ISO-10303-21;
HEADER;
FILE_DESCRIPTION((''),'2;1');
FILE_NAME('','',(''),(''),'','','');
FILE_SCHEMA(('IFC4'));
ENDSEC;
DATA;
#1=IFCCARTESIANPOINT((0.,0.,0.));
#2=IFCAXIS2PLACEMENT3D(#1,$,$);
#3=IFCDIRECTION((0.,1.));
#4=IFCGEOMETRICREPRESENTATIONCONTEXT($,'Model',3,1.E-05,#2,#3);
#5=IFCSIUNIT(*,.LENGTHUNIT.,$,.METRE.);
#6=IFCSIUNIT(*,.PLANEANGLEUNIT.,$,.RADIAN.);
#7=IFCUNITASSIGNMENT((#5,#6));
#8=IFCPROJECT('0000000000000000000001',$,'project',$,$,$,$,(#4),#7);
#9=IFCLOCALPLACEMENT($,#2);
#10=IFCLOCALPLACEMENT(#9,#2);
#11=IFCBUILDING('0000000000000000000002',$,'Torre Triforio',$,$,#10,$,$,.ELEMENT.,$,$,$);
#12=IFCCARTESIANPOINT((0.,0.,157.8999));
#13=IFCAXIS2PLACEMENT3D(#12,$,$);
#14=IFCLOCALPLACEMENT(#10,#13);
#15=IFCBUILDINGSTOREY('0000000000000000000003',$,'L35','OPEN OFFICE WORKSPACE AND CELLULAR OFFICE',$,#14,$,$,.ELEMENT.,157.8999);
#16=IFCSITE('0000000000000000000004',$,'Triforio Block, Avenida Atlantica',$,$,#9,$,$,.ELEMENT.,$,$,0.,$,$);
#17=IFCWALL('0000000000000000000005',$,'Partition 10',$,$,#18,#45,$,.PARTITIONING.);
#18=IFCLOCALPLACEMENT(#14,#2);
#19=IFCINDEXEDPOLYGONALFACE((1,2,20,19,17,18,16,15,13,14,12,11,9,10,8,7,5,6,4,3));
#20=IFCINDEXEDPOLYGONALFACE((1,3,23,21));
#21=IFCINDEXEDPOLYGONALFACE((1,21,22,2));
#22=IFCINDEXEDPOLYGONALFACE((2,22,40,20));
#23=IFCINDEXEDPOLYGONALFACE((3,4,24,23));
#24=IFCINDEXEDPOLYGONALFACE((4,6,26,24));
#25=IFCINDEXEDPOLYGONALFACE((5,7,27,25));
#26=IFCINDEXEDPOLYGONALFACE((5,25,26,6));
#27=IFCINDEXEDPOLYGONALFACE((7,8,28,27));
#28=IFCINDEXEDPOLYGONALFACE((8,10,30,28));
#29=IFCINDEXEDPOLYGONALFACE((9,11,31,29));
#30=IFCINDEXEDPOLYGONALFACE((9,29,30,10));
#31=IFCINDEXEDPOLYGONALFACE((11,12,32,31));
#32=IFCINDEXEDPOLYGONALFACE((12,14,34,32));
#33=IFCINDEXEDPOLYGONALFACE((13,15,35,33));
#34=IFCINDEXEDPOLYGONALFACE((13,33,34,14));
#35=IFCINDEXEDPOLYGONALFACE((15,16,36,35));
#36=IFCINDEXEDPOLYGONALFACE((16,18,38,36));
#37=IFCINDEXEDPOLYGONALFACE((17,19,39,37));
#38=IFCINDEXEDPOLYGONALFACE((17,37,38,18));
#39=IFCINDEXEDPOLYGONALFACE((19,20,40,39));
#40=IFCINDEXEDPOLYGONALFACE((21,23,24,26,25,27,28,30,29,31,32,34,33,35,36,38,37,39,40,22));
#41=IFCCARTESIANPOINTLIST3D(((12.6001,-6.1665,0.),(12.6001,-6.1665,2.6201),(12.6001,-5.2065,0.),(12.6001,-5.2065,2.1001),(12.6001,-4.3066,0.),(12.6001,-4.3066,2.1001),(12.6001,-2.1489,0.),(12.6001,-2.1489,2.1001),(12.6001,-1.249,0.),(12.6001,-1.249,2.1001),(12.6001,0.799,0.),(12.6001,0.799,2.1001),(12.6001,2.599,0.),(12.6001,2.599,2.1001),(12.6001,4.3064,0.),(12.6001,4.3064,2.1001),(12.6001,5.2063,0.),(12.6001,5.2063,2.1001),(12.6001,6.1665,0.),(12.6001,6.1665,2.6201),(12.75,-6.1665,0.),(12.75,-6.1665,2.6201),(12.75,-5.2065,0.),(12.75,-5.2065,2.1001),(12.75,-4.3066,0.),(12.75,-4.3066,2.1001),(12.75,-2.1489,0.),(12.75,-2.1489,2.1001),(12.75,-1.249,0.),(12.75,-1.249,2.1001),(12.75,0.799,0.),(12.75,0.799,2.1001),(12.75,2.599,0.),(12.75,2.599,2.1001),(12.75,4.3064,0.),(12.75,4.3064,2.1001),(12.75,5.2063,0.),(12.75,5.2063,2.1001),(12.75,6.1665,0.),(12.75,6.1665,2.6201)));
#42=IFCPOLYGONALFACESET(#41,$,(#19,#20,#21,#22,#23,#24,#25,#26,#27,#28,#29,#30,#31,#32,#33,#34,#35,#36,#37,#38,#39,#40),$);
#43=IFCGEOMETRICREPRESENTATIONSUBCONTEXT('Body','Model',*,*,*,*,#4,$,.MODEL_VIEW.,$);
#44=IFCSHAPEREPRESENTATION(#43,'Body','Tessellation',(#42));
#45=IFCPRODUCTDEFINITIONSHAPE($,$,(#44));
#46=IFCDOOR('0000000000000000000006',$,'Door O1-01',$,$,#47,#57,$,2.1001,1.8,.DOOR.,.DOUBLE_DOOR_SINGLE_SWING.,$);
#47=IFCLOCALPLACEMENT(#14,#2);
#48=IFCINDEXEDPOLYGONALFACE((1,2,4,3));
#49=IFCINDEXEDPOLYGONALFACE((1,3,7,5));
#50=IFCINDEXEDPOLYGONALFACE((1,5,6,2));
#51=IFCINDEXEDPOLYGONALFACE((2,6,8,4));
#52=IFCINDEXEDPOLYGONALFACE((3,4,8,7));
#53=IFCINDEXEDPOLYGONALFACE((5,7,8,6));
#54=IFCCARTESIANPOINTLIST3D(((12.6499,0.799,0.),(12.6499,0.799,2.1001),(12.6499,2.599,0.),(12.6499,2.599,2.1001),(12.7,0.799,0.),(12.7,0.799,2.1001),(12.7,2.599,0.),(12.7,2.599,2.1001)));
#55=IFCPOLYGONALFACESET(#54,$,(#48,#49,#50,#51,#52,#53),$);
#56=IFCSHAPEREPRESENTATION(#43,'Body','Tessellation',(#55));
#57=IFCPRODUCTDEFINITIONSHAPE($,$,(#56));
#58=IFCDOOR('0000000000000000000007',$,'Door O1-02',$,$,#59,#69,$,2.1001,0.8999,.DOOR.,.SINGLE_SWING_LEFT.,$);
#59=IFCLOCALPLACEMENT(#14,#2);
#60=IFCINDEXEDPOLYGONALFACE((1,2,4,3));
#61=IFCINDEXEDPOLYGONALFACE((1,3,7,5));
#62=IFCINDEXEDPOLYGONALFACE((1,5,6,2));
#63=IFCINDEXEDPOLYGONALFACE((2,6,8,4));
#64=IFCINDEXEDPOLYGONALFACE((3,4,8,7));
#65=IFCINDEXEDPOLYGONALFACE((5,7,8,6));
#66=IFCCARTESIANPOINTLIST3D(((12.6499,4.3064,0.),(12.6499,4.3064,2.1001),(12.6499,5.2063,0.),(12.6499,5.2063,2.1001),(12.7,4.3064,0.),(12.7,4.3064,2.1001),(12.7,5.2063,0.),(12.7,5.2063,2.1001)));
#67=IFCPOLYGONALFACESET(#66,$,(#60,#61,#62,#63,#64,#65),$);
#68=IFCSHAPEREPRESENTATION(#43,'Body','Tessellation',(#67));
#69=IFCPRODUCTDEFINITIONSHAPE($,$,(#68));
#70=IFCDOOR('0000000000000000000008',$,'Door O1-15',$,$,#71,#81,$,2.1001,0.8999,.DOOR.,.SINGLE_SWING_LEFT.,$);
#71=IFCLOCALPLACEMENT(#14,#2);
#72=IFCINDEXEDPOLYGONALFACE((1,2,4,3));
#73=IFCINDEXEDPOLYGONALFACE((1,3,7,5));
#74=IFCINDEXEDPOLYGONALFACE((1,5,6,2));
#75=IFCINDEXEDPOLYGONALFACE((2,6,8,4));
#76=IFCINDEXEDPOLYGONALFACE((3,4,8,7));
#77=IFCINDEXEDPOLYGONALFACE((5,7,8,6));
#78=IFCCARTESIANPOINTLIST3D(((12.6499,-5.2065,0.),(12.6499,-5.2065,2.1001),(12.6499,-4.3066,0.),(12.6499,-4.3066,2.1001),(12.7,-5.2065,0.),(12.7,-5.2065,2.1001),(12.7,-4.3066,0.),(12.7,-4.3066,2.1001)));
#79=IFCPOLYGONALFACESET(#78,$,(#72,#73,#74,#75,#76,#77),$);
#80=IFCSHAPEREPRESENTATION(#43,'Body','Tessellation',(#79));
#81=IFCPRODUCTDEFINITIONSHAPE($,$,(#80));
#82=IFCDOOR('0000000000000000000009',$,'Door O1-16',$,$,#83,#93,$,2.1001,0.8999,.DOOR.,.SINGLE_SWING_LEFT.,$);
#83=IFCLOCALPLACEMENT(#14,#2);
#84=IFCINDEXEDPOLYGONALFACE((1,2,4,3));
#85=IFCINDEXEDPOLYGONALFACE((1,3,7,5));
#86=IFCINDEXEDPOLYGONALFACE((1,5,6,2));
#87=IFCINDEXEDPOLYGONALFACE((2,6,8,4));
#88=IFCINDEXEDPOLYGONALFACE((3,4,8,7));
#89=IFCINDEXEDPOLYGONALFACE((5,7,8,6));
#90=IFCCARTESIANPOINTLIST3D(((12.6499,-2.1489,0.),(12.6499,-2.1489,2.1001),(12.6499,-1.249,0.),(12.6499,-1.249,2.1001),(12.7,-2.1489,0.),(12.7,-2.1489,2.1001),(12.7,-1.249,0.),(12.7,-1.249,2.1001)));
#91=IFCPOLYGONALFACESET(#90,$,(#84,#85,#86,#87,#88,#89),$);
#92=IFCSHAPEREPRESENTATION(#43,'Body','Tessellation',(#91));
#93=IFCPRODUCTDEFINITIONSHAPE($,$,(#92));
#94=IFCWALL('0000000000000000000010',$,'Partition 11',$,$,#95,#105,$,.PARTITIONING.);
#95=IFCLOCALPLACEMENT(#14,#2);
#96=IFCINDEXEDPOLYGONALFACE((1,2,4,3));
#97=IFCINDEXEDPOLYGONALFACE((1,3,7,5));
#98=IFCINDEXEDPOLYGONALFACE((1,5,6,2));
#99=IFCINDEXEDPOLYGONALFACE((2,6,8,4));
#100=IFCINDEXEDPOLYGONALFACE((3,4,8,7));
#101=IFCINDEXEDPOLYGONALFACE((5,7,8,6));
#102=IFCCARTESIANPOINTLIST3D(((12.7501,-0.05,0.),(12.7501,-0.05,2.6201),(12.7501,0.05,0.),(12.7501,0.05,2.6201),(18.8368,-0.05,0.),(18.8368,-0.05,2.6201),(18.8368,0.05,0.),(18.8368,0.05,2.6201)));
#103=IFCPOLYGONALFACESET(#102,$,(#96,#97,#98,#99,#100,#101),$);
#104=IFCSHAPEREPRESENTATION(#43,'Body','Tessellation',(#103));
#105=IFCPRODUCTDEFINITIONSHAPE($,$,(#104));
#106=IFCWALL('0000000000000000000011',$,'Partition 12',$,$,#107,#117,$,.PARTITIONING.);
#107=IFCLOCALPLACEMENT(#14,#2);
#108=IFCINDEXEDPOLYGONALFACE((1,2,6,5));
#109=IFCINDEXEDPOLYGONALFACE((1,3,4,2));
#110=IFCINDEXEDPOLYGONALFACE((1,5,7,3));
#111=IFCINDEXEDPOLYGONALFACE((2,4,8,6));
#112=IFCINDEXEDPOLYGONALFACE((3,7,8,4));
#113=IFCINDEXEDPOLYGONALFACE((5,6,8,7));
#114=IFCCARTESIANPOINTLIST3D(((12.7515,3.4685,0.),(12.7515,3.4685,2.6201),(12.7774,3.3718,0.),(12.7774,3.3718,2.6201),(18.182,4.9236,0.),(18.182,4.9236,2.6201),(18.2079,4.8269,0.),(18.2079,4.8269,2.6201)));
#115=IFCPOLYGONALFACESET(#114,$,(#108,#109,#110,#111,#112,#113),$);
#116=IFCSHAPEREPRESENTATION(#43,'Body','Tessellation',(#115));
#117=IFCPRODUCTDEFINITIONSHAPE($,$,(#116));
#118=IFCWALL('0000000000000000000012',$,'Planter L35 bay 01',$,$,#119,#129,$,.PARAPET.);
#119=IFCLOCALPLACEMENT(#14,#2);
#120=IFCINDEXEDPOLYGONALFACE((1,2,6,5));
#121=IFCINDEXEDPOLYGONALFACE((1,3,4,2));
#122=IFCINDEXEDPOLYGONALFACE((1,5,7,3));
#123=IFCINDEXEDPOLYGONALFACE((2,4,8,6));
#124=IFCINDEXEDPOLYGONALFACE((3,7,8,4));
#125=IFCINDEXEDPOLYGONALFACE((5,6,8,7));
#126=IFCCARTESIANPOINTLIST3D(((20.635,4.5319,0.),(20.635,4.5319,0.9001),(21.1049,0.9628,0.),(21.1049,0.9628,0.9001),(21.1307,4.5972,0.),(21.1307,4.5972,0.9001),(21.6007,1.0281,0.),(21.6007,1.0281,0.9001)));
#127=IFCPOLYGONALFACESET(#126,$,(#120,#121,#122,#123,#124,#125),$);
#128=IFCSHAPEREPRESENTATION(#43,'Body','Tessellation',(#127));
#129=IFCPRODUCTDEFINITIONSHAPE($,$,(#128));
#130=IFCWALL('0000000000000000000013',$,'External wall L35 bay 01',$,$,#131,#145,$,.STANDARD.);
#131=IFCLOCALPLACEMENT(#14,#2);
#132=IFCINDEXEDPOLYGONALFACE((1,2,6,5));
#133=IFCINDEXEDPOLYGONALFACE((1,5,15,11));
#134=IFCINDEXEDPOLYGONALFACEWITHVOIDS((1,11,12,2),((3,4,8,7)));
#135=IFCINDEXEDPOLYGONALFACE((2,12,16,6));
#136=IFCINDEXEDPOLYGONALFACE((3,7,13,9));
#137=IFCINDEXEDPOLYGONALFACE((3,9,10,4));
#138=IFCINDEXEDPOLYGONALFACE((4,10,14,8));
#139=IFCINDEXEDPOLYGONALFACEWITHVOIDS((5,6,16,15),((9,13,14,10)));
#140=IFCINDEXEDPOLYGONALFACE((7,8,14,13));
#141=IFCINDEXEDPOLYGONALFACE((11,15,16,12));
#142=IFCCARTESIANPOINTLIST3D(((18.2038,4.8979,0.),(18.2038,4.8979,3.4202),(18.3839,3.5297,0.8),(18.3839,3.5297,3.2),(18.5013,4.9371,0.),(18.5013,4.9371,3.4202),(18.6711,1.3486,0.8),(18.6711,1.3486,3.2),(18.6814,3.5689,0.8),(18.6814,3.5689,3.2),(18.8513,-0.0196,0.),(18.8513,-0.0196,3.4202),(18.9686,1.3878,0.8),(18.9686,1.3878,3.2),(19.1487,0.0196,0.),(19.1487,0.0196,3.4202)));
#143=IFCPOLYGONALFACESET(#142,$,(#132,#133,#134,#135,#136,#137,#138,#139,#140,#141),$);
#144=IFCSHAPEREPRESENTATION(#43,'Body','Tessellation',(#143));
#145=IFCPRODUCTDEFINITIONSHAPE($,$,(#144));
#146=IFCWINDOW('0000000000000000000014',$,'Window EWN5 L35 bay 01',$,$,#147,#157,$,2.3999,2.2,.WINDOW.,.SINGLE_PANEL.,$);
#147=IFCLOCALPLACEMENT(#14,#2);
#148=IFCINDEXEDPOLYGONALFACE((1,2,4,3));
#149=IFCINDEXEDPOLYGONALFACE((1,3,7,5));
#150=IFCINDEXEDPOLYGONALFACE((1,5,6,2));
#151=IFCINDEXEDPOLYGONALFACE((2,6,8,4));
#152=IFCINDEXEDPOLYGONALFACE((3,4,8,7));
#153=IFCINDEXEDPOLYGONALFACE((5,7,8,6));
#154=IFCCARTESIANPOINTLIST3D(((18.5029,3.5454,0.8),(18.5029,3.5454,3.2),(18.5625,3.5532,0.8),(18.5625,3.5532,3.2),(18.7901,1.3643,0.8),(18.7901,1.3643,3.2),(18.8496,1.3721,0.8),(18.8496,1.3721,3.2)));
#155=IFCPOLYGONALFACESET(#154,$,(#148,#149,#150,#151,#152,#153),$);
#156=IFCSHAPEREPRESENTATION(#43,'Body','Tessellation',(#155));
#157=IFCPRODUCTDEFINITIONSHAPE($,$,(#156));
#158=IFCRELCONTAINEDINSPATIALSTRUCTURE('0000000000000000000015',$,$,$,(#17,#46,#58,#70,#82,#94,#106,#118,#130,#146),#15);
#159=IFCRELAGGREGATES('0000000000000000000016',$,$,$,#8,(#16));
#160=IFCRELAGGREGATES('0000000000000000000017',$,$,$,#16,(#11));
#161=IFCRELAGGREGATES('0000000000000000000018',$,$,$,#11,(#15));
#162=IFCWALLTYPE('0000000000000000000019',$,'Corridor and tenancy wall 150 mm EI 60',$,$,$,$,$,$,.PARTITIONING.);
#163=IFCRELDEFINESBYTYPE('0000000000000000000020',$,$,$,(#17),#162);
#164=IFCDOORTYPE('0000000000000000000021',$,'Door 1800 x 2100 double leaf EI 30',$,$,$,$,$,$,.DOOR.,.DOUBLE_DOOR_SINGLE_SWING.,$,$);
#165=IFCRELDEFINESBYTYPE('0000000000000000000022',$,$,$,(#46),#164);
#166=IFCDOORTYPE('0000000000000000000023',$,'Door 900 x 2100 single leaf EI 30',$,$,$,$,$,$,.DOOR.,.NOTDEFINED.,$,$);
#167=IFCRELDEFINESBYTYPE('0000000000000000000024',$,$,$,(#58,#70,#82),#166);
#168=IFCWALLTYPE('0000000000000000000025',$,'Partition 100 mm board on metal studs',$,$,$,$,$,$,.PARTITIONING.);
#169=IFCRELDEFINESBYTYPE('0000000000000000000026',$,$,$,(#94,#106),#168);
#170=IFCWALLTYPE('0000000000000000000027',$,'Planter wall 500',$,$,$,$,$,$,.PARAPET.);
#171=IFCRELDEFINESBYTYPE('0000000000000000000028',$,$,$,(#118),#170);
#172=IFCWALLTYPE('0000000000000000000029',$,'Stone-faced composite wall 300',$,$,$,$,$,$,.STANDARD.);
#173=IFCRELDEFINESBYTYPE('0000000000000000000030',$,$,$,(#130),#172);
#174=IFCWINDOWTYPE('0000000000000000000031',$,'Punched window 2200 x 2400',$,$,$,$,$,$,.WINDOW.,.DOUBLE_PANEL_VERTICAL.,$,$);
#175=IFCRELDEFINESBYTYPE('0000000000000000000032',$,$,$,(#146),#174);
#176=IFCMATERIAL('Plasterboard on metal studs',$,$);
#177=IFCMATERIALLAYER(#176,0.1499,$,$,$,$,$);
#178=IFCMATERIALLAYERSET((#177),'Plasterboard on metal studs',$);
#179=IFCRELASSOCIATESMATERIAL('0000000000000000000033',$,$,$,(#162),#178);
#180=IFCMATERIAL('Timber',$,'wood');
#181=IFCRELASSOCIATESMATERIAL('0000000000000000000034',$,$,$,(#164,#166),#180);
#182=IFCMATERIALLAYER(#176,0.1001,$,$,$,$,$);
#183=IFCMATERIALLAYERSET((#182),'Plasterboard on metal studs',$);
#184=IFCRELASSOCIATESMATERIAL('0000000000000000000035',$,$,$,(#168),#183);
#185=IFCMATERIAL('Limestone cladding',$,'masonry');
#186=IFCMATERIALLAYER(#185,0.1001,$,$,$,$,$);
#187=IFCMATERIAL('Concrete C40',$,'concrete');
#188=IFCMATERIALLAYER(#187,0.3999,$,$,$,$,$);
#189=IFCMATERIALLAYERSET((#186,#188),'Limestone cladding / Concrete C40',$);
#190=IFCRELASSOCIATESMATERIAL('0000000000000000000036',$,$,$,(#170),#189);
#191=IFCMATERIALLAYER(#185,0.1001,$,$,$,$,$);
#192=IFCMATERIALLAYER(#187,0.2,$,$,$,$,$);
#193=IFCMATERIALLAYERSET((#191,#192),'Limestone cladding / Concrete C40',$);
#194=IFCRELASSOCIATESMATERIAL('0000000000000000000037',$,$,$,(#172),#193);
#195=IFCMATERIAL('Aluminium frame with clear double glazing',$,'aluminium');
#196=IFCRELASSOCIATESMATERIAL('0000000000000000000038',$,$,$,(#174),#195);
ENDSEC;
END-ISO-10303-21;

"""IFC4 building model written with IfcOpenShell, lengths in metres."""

from ifc_helpers import new_model, si_unit, direction, frame, frame_2d, origin, place, context, subcontext, project, spatial, rectangle, extrude, material, layer, layer_set, type_object, element, fill, save


model = new_model("IFC4")

# Units and contexts
model_context = context("Model", 3, precision=1e-05, world=origin(), true_north=direction((0.0, 1.0)))
body_context = subcontext(model_context, "Body", "Model", "MODEL_VIEW")
ifc_project = project(units=[si_unit("LENGTHUNIT", "METRE"), si_unit("PLANEANGLEUNIT", "RADIAN")], contexts=[model_context])

# Site, building, storey
site_placement = place(None, origin())
site = spatial("IfcSite", under=ifc_project, at=site_placement, Name="Triforio Block, Avenida Atlantica", CompositionType="ELEMENT", RefElevation=0.0)
building_placement = place(site_placement, origin())
building = spatial("IfcBuilding", under=site, at=building_placement, Name="Torre Triforio", CompositionType="ELEMENT")
storey_placement = place(building_placement, frame((0.0, 0.0, 157.8999)))
storey = spatial("IfcBuildingStorey", under=building, at=storey_placement, Name="L35", Description="OPEN OFFICE WORKSPACE AND CELLULAR OFFICE", CompositionType="ELEMENT", Elevation=157.8999)

# Shared definitions
ifc_material_1 = material(Name="Concrete C40", Category="concrete")

# Wall, openings, doors
ifc_material_2 = material(Name="Plasterboard on metal studs")
ifc_layer_1 = layer(ifc_material_2, 0.1499)
ifc_layer_set_1 = layer_set([ifc_layer_1], Name="Plasterboard on metal studs")
wall_type_1 = type_object("IfcWallType", Name="Corridor and tenancy wall 150 mm EI 60", PredefinedType="PARTITIONING", material=ifc_layer_set_1)
wall_1_placement = place(storey_placement, frame((12.675, 6.1665, 0.0), z_axis=(0.0, 0.0, 1.0), x_axis=(0.0, -1.0, 0.0)))
wall_1 = element("IfcWall", 1, at=wall_1_placement, inside=storey, type_object=wall_type_1, Name="Partition 10", PredefinedType="PARTITIONING", context=body_context, shape_type="SweptSolid", body=[
    extrude(rectangle(XDim=12.333, YDim=0.1499, at=frame_2d((6.1665, 0.0))), origin(), (0.0, 0.0, 1.0), 2.6201),
])
opening_1_placement = place(wall_1_placement, frame((3.5676, 0.0, 0.0)))
opening_1 = element("IfcOpeningElement", 2, at=opening_1_placement, cuts=wall_1, PredefinedType="OPENING", context=body_context, shape_type="SweptSolid", body=[
    extrude(rectangle(XDim=1.8, YDim=2.1001, at=frame_2d((0.8999, 1.05))), frame((0.0, 0.085, 0.0), z_axis=(0.0, -1.0, 0.0), x_axis=(1.0, 0.0, 0.0)), (0.0, 0.0, 1.0), 0.1699),
])
opening_2_placement = place(wall_1_placement, frame((0.9602, 0.0, 0.0)))
opening_2 = element("IfcOpeningElement", 3, at=opening_2_placement, cuts=wall_1, PredefinedType="OPENING", context=body_context, shape_type="SweptSolid", body=[
    extrude(rectangle(XDim=0.8999, YDim=2.1001, at=frame_2d((0.45, 1.05))), frame((0.0, 0.085, 0.0), z_axis=(0.0, -1.0, 0.0), x_axis=(1.0, 0.0, 0.0)), (0.0, 0.0, 1.0), 0.1699),
])
opening_3_placement = place(wall_1_placement, frame((10.4731, 0.0, 0.0)))
opening_3 = element("IfcOpeningElement", 4, at=opening_3_placement, cuts=wall_1, PredefinedType="OPENING", context=body_context, shape_type="SweptSolid", body=[
    extrude(rectangle(XDim=0.8999, YDim=2.1001, at=frame_2d((0.45, 1.05))), frame((0.0, 0.085, 0.0), z_axis=(0.0, -1.0, 0.0), x_axis=(1.0, 0.0, 0.0)), (0.0, 0.0, 1.0), 0.1699),
])
opening_4_placement = place(wall_1_placement, frame((7.4155, 0.0, 0.0)))
opening_4 = element("IfcOpeningElement", 5, at=opening_4_placement, cuts=wall_1, PredefinedType="OPENING", context=body_context, shape_type="SweptSolid", body=[
    extrude(rectangle(XDim=0.8999, YDim=2.1001, at=frame_2d((0.45, 1.05))), frame((0.0, 0.085, 0.0), z_axis=(0.0, -1.0, 0.0), x_axis=(1.0, 0.0, 0.0)), (0.0, 0.0, 1.0), 0.1699),
])
ifc_material_3 = material(Name="Timber", Category="wood")
door_type_1 = type_object("IfcDoorType", Name="Door 1800 x 2100 double leaf EI 30", OperationType="DOUBLE_DOOR_SINGLE_SWING", PredefinedType="DOOR", material=ifc_material_3)
door_1_placement = place(opening_1_placement, origin())
door_1 = element("IfcDoor", 6, at=door_1_placement, inside=storey, type_object=door_type_1, Name="Door O1-01", OperationType="DOUBLE_DOOR_SINGLE_SWING", OverallHeight=2.1001, OverallWidth=1.8, PredefinedType="DOOR", context=body_context, shape_type="SweptSolid", body=[
    extrude(rectangle(XDim=1.8, YDim=2.1001, at=frame_2d((0.8999, 1.05))), frame((0.0, 0.0249, 0.0), z_axis=(0.0, -1.0, 0.0), x_axis=(1.0, 0.0, 0.0)), (0.0, 0.0, 1.0), 0.05),
])
fill(opening_1, door_1)
door_type_2 = type_object("IfcDoorType", Name="Door 900 x 2100 single leaf EI 30", OperationType="NOTDEFINED", PredefinedType="DOOR", material=ifc_material_3)
door_2_placement = place(opening_2_placement, origin())
door_2 = element("IfcDoor", 7, at=door_2_placement, inside=storey, type_object=door_type_2, Name="Door O1-02", OperationType="SINGLE_SWING_LEFT", OverallHeight=2.1001, OverallWidth=0.8999, PredefinedType="DOOR", context=body_context, shape_type="SweptSolid", body=[
    extrude(rectangle(XDim=0.8999, YDim=2.1001, at=frame_2d((0.45, 1.05))), frame((0.0, 0.0249, 0.0), z_axis=(0.0, -1.0, 0.0), x_axis=(1.0, 0.0, 0.0)), (0.0, 0.0, 1.0), 0.05),
])
fill(opening_2, door_2)
door_3_placement = place(opening_3_placement, origin())
door_3 = element("IfcDoor", 8, at=door_3_placement, inside=storey, type_object=door_type_2, Name="Door O1-15", OperationType="SINGLE_SWING_LEFT", OverallHeight=2.1001, OverallWidth=0.8999, PredefinedType="DOOR", context=body_context, shape_type="SweptSolid", body=[
    extrude(rectangle(XDim=0.8999, YDim=2.1001, at=frame_2d((0.45, 1.05))), frame((0.0, 0.0249, 0.0), z_axis=(0.0, -1.0, 0.0), x_axis=(1.0, 0.0, 0.0)), (0.0, 0.0, 1.0), 0.05),
])
fill(opening_3, door_3)
door_4_placement = place(opening_4_placement, origin())
door_4 = element("IfcDoor", 9, at=door_4_placement, inside=storey, type_object=door_type_2, Name="Door O1-16", OperationType="SINGLE_SWING_LEFT", OverallHeight=2.1001, OverallWidth=0.8999, PredefinedType="DOOR", context=body_context, shape_type="SweptSolid", body=[
    extrude(rectangle(XDim=0.8999, YDim=2.1001, at=frame_2d((0.45, 1.05))), frame((0.0, 0.0249, 0.0), z_axis=(0.0, -1.0, 0.0), x_axis=(1.0, 0.0, 0.0)), (0.0, 0.0, 1.0), 0.05),
])
fill(opening_4, door_4)

# Walls
ifc_layer_2 = layer(ifc_material_2, 0.1001)
ifc_layer_set_2 = layer_set([ifc_layer_2], Name="Plasterboard on metal studs")
wall_type_2 = type_object("IfcWallType", Name="Partition 100 mm board on metal studs", PredefinedType="PARTITIONING", material=ifc_layer_set_2)
wall_2_placement = place(storey_placement, frame((12.75, 0.0, 0.0), z_axis=(0.0, 0.0, 1.0), x_axis=(1.0, 0.0, 0.0)))
element("IfcWall", 10, at=wall_2_placement, inside=storey, type_object=wall_type_2, Name="Partition 11", PredefinedType="PARTITIONING", context=body_context, shape_type="SweptSolid", body=[
    extrude(rectangle(XDim=6.0867, YDim=0.1001, at=frame_2d((3.0435, 0.0))), origin(), (0.0, 0.0, 1.0), 2.6201),
])
wall_3_placement = place(storey_placement, frame((12.7644, 3.4202, 0.0), z_axis=(0.0, 0.0, 1.0), x_axis=(0.965926, 0.258819, 0.0)))
element("IfcWall", 11, at=wall_3_placement, inside=storey, type_object=wall_type_2, Name="Partition 12", PredefinedType="PARTITIONING", context=body_context, shape_type="SweptSolid", body=[
    extrude(rectangle(XDim=5.6221, YDim=0.1001, at=frame_2d((2.811, 0.0))), origin(), (0.0, 0.0, 1.0), 2.6201),
])
ifc_material_4 = material(Name="Limestone cladding", Category="masonry")
ifc_layer_3 = layer(ifc_material_4, 0.1001)
ifc_layer_4 = layer(ifc_material_1, 0.3999)
ifc_layer_set_3 = layer_set([ifc_layer_3, ifc_layer_4], Name="Limestone cladding / Concrete C40")
wall_type_3 = type_object("IfcWallType", Name="Planter wall 500", PredefinedType="PARAPET", material=ifc_layer_set_3)
wall_4_placement = place(storey_placement, frame((21.3528, 0.9956, 0.0), z_axis=(0.0, 0.0, 1.0), x_axis=(-0.130551, 0.991442, 0.0)))
element("IfcWall", 12, at=wall_4_placement, inside=storey, type_object=wall_type_3, Name="Planter L35 bay 01", PredefinedType="PARAPET", context=body_context, shape_type="SweptSolid", body=[
    extrude(rectangle(XDim=3.5999, YDim=0.5, at=frame_2d((1.7998, 0.0))), origin(), (0.0, 0.0, 1.0), 0.9001),
])

# Wall, opening, window
ifc_layer_5 = layer(ifc_material_4, 0.1001)
ifc_layer_6 = layer(ifc_material_1, 0.2)
ifc_layer_set_4 = layer_set([ifc_layer_5, ifc_layer_6], Name="Limestone cladding / Concrete C40")
wall_type_4 = type_object("IfcWallType", Name="Stone-faced composite wall 300", PredefinedType="STANDARD", material=ifc_layer_set_4)
wall_5_placement = place(storey_placement, frame((19.0, 0.0, 0.0), z_axis=(0.0, 0.0, 1.0), x_axis=(-0.130539, 0.991443, 0.0)))
wall_5 = element("IfcWall", 13, at=wall_5_placement, inside=storey, type_object=wall_type_4, Name="External wall L35 bay 01", PredefinedType="STANDARD", context=body_context, shape_type="SweptSolid", body=[
    extrude(rectangle(XDim=4.96, YDim=0.3, at=frame_2d((2.48, 0.0))), origin(), (0.0, 0.0, 1.0), 3.4202),
])
opening_5_placement = place(wall_5_placement, frame((1.3799, 0.0, 0.8)))
opening_5 = element("IfcOpeningElement", 14, at=opening_5_placement, cuts=wall_5, PredefinedType="OPENING", context=body_context, shape_type="SweptSolid", body=[
    extrude(rectangle(XDim=2.2, YDim=2.3999, at=frame_2d((1.1001, 1.2))), frame((0.0, 0.1599, 0.0), z_axis=(0.0, -1.0, 0.0), x_axis=(1.0, 0.0, 0.0)), (0.0, 0.0, 1.0), 0.3201),
])
ifc_material_5 = material(Name="Aluminium frame with clear double glazing", Category="aluminium")
window_type_1 = type_object("IfcWindowType", Name="Punched window 2200 x 2400", PartitioningType="DOUBLE_PANEL_VERTICAL", PredefinedType="WINDOW", material=ifc_material_5)
window_1_placement = place(opening_5_placement, origin())
window_1 = element("IfcWindow", 15, at=window_1_placement, inside=storey, type_object=window_type_1, Name="Window EWN5 L35 bay 01", OverallHeight=2.3999, OverallWidth=2.2, PartitioningType="SINGLE_PANEL", PredefinedType="WINDOW", context=body_context, shape_type="SweptSolid", body=[
    extrude(rectangle(XDim=2.2, YDim=2.3999, at=frame_2d((1.1001, 1.2))), frame((0.0, 0.03, 0.0), z_axis=(0.0, -1.0, 0.0), x_axis=(1.0, 0.0, 0.0)), (0.0, 0.0, 1.0), 0.0601),
])
fill(opening_5, window_1)

save(model, "model.ifc")
